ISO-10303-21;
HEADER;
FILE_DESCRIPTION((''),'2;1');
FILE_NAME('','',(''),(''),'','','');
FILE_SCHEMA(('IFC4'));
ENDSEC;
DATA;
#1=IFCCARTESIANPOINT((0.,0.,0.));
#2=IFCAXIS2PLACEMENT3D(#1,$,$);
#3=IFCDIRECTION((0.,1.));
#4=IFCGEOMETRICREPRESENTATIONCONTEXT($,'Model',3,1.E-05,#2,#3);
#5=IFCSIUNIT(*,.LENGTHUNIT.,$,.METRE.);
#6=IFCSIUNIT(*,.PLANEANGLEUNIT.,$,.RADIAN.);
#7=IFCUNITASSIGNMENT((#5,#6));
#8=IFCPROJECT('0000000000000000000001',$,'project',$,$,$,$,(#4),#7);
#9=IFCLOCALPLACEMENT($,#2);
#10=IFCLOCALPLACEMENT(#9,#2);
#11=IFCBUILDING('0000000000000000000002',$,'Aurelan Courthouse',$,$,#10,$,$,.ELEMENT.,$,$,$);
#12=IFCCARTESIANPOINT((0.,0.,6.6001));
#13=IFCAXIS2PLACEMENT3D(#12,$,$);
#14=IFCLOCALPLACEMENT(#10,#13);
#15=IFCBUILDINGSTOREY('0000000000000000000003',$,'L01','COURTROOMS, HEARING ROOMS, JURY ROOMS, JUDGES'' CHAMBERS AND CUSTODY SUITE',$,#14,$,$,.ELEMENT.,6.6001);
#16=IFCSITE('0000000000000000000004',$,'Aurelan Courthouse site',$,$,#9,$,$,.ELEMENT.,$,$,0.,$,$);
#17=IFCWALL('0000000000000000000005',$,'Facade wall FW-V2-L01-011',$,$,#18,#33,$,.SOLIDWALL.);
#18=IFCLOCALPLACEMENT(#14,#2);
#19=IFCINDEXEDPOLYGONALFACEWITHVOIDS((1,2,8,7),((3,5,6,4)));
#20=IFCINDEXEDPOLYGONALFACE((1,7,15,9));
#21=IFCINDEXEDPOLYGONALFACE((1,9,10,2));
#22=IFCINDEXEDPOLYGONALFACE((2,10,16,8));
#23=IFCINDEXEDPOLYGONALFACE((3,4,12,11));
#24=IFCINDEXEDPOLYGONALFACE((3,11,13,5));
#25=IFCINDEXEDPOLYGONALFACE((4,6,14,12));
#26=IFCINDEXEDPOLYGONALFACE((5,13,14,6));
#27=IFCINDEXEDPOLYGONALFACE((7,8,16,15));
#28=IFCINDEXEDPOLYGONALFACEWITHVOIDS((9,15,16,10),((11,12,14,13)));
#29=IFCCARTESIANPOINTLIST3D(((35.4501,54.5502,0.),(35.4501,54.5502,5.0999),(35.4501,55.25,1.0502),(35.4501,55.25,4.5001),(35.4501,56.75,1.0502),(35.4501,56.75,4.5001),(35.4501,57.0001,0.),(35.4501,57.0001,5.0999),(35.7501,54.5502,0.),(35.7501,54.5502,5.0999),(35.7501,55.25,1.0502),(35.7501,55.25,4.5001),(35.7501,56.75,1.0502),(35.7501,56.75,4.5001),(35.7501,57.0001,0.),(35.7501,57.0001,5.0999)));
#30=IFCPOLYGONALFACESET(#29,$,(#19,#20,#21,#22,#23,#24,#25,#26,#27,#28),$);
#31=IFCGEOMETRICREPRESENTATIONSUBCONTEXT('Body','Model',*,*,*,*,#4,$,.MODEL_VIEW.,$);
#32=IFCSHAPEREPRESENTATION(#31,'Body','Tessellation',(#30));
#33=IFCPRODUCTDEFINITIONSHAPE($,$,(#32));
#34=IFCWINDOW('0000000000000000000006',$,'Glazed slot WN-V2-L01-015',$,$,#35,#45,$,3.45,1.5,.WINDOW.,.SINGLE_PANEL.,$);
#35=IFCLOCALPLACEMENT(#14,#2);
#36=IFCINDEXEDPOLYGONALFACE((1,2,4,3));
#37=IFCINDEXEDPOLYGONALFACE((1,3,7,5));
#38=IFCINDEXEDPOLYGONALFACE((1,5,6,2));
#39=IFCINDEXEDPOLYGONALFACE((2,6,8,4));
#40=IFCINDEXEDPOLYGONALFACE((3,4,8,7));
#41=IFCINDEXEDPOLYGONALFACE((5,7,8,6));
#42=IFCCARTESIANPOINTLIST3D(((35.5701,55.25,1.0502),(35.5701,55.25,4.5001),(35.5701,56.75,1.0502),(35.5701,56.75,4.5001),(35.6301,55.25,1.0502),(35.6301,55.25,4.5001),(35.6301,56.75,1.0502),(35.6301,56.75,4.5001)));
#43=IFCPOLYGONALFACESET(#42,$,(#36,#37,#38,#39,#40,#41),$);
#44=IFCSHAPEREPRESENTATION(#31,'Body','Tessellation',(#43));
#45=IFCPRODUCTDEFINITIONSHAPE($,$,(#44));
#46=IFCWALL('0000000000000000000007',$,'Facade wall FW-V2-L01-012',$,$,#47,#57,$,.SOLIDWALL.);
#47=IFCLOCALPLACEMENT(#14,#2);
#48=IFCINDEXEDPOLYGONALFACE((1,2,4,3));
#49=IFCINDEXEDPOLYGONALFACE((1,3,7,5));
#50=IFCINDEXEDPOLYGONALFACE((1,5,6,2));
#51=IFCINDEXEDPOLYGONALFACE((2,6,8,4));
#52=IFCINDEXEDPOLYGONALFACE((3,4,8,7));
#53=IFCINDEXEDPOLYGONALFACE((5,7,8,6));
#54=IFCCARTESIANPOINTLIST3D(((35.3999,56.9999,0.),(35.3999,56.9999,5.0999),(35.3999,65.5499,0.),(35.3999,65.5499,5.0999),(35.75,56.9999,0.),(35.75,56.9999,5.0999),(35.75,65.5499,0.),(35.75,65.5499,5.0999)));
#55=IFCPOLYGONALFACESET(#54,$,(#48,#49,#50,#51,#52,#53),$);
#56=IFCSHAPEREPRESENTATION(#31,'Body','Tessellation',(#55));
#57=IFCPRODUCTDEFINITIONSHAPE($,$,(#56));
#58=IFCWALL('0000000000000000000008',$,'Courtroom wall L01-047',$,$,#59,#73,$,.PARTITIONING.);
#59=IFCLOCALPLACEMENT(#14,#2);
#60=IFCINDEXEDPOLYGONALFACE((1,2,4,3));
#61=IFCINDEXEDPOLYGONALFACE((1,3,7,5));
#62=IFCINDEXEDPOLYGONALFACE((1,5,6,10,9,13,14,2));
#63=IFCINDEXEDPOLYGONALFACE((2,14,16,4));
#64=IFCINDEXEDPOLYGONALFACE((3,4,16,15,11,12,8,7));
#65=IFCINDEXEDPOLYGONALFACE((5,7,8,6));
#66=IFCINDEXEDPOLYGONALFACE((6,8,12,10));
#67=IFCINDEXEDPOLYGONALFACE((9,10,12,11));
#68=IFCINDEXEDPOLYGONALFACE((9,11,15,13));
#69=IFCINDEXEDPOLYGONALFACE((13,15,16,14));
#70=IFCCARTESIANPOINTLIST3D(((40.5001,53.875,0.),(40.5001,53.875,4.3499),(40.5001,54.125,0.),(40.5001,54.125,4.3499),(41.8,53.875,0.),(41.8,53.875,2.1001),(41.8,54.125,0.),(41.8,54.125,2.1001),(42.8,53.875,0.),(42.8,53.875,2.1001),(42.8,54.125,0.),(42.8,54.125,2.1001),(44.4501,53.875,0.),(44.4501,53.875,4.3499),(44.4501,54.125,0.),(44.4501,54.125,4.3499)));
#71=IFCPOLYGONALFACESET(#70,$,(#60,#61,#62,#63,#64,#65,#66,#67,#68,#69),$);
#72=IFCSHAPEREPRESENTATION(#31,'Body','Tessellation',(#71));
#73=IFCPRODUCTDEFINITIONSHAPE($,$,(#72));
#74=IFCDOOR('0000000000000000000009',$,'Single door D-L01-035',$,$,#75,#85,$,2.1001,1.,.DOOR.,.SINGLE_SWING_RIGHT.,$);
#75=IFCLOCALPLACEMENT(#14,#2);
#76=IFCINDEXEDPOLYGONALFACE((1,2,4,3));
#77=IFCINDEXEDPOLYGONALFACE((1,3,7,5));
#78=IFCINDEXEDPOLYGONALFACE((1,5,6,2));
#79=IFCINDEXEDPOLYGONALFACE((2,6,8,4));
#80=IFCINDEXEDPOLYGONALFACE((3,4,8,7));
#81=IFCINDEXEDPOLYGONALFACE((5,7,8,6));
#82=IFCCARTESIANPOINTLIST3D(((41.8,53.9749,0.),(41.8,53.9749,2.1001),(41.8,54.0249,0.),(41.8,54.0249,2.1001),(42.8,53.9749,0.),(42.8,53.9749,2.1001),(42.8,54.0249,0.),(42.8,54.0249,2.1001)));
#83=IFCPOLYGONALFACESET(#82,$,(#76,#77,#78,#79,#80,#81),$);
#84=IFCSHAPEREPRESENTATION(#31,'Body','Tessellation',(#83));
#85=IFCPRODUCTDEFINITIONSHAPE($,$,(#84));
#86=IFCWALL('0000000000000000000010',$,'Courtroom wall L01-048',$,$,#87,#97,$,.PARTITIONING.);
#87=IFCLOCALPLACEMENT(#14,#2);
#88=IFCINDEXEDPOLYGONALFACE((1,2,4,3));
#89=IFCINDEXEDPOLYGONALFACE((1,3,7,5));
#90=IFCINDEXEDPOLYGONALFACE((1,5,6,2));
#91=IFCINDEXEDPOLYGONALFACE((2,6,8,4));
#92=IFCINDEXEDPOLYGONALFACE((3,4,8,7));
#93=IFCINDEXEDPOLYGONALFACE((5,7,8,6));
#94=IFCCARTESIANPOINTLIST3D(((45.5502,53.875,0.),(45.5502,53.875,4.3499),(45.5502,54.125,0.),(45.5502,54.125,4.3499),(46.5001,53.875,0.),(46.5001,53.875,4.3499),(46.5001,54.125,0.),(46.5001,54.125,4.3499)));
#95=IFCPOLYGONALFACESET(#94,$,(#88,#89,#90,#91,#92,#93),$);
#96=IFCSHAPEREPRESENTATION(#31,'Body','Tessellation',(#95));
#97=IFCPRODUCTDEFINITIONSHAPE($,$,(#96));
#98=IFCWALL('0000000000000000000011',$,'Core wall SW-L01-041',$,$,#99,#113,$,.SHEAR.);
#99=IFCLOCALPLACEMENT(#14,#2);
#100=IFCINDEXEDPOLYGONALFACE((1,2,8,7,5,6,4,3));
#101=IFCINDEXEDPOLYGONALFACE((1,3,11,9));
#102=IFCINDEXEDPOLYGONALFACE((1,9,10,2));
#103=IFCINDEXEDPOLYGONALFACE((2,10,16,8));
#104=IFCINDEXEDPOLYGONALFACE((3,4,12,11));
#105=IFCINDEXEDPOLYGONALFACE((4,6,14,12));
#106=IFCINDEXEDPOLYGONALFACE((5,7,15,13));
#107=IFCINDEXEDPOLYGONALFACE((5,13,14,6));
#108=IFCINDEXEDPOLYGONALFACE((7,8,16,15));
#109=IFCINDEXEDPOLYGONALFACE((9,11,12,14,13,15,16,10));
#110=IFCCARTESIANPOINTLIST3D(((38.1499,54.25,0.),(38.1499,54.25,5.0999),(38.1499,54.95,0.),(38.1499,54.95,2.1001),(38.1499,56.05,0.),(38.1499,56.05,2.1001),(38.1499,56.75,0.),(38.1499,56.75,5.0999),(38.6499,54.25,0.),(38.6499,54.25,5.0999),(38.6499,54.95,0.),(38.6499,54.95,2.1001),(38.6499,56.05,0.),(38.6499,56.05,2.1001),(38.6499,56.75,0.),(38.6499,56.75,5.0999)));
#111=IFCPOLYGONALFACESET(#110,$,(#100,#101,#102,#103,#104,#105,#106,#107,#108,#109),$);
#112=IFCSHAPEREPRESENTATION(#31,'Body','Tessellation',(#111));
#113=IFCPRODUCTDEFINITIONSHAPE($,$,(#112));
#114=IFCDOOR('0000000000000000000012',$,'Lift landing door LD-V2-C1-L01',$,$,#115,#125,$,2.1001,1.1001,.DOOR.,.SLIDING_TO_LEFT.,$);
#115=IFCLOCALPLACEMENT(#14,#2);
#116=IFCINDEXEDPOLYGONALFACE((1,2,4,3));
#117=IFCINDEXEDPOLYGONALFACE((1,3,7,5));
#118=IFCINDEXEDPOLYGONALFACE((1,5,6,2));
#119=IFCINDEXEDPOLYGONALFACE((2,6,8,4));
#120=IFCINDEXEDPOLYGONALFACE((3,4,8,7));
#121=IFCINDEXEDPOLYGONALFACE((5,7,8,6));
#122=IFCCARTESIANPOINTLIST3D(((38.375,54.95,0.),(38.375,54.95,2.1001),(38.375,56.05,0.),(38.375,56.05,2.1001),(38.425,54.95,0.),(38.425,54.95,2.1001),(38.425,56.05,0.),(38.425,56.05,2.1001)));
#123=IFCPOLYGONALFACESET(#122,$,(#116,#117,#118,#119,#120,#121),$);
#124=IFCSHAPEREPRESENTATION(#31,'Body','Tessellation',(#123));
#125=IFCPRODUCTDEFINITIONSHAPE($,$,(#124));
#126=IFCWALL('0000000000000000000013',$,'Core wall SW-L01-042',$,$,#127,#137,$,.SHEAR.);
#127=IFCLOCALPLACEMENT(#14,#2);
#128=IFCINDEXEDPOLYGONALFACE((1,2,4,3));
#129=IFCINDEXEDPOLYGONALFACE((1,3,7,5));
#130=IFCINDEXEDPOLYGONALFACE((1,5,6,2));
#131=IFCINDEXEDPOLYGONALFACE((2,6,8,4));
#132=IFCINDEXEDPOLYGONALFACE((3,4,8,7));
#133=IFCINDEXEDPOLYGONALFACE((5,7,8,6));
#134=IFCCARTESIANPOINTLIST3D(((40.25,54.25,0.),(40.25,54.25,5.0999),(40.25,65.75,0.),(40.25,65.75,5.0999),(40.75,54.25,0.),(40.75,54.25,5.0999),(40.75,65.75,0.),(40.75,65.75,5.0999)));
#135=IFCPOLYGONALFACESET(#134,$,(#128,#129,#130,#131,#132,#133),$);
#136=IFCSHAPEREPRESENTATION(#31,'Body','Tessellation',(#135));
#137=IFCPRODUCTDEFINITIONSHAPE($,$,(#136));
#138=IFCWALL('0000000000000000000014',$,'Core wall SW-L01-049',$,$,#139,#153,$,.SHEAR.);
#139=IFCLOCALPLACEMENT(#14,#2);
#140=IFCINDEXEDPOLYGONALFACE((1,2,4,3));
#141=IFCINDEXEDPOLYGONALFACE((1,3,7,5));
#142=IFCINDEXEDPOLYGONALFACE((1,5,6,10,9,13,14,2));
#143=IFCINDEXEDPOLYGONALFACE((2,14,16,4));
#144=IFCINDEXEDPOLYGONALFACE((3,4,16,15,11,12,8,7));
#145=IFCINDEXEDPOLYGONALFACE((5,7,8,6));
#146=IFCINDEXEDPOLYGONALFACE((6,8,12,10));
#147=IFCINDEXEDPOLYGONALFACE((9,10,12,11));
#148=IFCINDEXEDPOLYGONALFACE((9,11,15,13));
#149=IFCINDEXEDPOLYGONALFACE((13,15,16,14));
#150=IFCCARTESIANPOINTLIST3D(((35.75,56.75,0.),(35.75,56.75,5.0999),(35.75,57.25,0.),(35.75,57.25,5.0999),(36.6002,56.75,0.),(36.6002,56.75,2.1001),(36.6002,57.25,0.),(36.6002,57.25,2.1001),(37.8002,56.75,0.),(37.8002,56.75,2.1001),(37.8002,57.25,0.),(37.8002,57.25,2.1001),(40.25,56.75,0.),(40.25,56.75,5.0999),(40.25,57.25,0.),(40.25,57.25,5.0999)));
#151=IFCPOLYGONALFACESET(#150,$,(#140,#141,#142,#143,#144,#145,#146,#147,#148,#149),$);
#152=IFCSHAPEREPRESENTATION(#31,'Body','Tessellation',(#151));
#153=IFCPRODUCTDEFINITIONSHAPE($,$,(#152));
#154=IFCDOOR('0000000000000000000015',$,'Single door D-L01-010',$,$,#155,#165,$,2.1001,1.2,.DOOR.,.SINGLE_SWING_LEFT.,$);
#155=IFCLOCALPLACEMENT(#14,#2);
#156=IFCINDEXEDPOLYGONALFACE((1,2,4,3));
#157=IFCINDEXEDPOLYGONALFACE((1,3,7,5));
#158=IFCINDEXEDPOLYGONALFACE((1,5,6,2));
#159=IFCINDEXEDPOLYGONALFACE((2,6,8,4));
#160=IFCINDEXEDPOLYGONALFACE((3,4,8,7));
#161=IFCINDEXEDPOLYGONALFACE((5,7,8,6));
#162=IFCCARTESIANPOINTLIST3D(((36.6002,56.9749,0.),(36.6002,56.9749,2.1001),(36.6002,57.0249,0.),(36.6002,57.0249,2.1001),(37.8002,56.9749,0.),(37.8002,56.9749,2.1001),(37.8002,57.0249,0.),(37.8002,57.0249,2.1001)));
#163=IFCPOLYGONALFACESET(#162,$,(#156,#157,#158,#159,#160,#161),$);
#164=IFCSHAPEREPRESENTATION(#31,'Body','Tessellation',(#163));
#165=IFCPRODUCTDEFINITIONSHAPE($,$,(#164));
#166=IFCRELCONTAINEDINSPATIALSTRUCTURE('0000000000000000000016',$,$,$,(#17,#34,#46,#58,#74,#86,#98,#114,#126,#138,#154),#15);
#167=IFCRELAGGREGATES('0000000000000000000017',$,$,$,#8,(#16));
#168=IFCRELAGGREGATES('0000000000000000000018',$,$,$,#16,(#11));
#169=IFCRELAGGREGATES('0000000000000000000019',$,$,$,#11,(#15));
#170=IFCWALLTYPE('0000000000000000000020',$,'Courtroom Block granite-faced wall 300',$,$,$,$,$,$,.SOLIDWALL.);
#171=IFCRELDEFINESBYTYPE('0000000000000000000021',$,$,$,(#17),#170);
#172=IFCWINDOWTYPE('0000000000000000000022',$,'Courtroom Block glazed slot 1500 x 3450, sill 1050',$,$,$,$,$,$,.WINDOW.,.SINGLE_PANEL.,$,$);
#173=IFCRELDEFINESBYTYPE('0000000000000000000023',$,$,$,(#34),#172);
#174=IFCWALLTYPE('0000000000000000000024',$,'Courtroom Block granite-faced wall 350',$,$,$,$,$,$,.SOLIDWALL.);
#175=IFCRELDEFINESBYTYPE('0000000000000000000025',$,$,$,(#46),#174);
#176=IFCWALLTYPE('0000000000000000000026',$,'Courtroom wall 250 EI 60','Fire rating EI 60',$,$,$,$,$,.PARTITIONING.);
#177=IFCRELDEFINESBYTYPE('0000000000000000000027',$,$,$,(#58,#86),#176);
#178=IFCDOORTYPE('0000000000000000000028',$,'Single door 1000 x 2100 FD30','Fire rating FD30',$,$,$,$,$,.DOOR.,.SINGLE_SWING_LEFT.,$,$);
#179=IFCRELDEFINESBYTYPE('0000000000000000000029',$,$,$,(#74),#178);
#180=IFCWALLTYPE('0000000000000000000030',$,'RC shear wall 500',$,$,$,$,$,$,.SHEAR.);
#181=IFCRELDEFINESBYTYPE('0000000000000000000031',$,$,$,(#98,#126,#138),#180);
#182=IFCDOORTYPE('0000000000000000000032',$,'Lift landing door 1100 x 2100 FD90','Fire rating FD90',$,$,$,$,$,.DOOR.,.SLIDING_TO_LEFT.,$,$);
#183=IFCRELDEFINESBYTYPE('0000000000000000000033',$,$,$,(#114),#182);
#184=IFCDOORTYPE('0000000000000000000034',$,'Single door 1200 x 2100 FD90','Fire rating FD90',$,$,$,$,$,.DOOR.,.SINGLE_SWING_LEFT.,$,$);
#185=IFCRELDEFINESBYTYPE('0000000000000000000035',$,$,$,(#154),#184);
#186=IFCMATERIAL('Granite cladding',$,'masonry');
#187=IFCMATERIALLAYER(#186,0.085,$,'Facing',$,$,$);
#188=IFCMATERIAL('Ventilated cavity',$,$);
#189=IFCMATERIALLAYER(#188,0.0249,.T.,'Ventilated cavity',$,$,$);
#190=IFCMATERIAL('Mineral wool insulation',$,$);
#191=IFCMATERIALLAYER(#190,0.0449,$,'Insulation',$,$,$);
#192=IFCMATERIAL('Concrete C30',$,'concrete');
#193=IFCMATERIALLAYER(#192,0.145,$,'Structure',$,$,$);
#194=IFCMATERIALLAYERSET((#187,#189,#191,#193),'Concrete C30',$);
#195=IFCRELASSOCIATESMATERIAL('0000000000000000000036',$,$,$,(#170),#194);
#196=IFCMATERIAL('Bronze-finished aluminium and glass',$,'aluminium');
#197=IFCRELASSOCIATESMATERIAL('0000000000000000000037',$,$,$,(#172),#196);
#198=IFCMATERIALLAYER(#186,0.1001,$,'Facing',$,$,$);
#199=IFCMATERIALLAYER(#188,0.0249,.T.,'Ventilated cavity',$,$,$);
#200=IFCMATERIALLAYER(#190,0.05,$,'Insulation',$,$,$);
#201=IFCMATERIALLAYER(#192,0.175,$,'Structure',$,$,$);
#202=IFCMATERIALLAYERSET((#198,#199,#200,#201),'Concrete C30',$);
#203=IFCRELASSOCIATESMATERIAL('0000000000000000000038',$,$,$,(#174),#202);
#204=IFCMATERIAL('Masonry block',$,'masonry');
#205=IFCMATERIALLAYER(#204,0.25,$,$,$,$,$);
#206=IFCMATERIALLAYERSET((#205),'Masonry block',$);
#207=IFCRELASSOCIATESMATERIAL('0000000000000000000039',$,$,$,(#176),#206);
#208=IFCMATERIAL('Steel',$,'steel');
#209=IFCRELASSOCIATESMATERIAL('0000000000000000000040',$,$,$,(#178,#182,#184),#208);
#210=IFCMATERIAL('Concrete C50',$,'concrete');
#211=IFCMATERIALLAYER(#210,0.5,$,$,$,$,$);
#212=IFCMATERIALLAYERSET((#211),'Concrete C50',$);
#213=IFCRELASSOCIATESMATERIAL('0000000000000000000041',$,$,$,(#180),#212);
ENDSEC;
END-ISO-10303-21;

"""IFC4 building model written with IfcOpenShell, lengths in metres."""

from ifc_helpers import new_model, si_unit, direction, frame, frame_2d, origin, place, context, subcontext, project, spatial, rectangle, extrude, material, layer, layer_set, type_object, element, fill, save


model = new_model("IFC4")

# Units and contexts
model_context = context("Model", 3, precision=1e-05, world=origin(), true_north=direction((0.0, 1.0)))
body_context = subcontext(model_context, "Body", "Model", "MODEL_VIEW")
ifc_project = project(units=[si_unit("LENGTHUNIT", "METRE"), si_unit("PLANEANGLEUNIT", "RADIAN")], contexts=[model_context])

# Site, building, storey
site_placement = place(None, origin())
site = spatial("IfcSite", under=ifc_project, at=site_placement, Name="Aurelan Courthouse site", CompositionType="ELEMENT", RefElevation=0.0)
building_placement = place(site_placement, origin())
building = spatial("IfcBuilding", under=site, at=building_placement, Name="Aurelan Courthouse", CompositionType="ELEMENT")
storey_placement = place(building_placement, frame((0.0, 0.0, 6.6001)))
storey = spatial("IfcBuildingStorey", under=building, at=storey_placement, Name="L01", Description="COURTROOMS, HEARING ROOMS, JURY ROOMS, JUDGES' CHAMBERS AND CUSTODY SUITE", CompositionType="ELEMENT", Elevation=6.6001)

# Shared definitions
ifc_material_1 = material(Name="Concrete C50", Category="concrete")

# Shared definitions
ifc_material_2 = material(Name="Steel", Category="steel")

# Wall, opening, window
ifc_material_3 = material(Name="Granite cladding", Category="masonry")
ifc_layer_1 = layer(ifc_material_3, 0.085, Name="Facing")
ifc_material_4 = material(Name="Ventilated cavity")
ifc_layer_2 = layer(ifc_material_4, 0.0249, ventilated=True, Name="Ventilated cavity")
ifc_material_5 = material(Name="Mineral wool insulation")
ifc_layer_3 = layer(ifc_material_5, 0.0449, Name="Insulation")
ifc_material_6 = material(Name="Concrete C30", Category="concrete")
ifc_layer_4 = layer(ifc_material_6, 0.145, Name="Structure")
ifc_layer_set_1 = layer_set([ifc_layer_1, ifc_layer_2, ifc_layer_3, ifc_layer_4], Name="Concrete C30")
wall_type_1 = type_object("IfcWallType", Name="Courtroom Block granite-faced wall 300", PredefinedType="SOLIDWALL", material=ifc_layer_set_1)
wall_1_placement = place(storey_placement, frame((35.6001, 54.55, 0.0), z_axis=(0.0, 0.0, 1.0), x_axis=(0.0, 1.0, 0.0)))
wall_1 = element("IfcWall", 1, at=wall_1_placement, inside=storey, type_object=wall_type_1, Name="Facade wall FW-V2-L01-011", PredefinedType="SOLIDWALL", context=body_context, shape_type="SweptSolid", body=[
    extrude(rectangle(XDim=2.45, YDim=0.3, at=frame_2d((1.2251, 0.0))), origin(), (0.0, 0.0, 1.0), 5.0999),
])
opening_1_placement = place(wall_1_placement, frame((0.7, 0.0, 1.05)))
opening_1 = element("IfcOpeningElement", 2, at=opening_1_placement, cuts=wall_1, PredefinedType="OPENING", context=body_context, shape_type="SweptSolid", body=[
    extrude(rectangle(XDim=1.5, YDim=3.45, at=frame_2d((0.75, 1.7251))), frame((0.0, 0.1599, 0.0), z_axis=(0.0, -1.0, 0.0), x_axis=(1.0, 0.0, 0.0)), (0.0, 0.0, 1.0), 0.3201),
])
ifc_material_7 = material(Name="Bronze-finished aluminium and glass", Category="aluminium")
window_type = type_object("IfcWindowType", Name="Courtroom Block glazed slot 1500 x 3450, sill 1050", PartitioningType="SINGLE_PANEL", PredefinedType="WINDOW", material=ifc_material_7)
window_placement = place(opening_1_placement, origin())
window = element("IfcWindow", 3, at=window_placement, inside=storey, type_object=window_type, Name="Glazed slot WN-V2-L01-015", OverallHeight=3.45, OverallWidth=1.5, PartitioningType="SINGLE_PANEL", PredefinedType="WINDOW", context=body_context, shape_type="SweptSolid", body=[
    extrude(rectangle(XDim=1.5, YDim=3.45, at=frame_2d((0.75, 1.7251))), frame((0.0, 0.03, 0.0), z_axis=(0.0, -1.0, 0.0), x_axis=(1.0, 0.0, 0.0)), (0.0, 0.0, 1.0), 0.0601),
])
fill(opening_1, window)

# Wall
ifc_layer_5 = layer(ifc_material_3, 0.1001, Name="Facing")
ifc_layer_6 = layer(ifc_material_4, 0.0249, ventilated=True, Name="Ventilated cavity")
ifc_layer_7 = layer(ifc_material_5, 0.05, Name="Insulation")
ifc_layer_8 = layer(ifc_material_6, 0.175, Name="Structure")
ifc_layer_set_2 = layer_set([ifc_layer_5, ifc_layer_6, ifc_layer_7, ifc_layer_8], Name="Concrete C30")
wall_type_2 = type_object("IfcWallType", Name="Courtroom Block granite-faced wall 350", PredefinedType="SOLIDWALL", material=ifc_layer_set_2)
wall_2_placement = place(storey_placement, frame((35.575, 57.0, 0.0), z_axis=(0.0, 0.0, 1.0), x_axis=(0.0, 1.0, 0.0)))
element("IfcWall", 4, at=wall_2_placement, inside=storey, type_object=wall_type_2, Name="Facade wall FW-V2-L01-012", PredefinedType="SOLIDWALL", context=body_context, shape_type="SweptSolid", body=[
    extrude(rectangle(XDim=8.55, YDim=0.3501, at=frame_2d((4.2749, 0.0))), origin(), (0.0, 0.0, 1.0), 5.0999),
])

# Wall, opening, door
ifc_material_8 = material(Name="Masonry block", Category="masonry")
ifc_layer_9 = layer(ifc_material_8, 0.25)
ifc_layer_set_3 = layer_set([ifc_layer_9], Name="Masonry block")
wall_type_3 = type_object("IfcWallType", Name="Courtroom wall 250 EI 60", Description="Fire rating EI 60", PredefinedType="PARTITIONING", material=ifc_layer_set_3)
wall_3_placement = place(storey_placement, frame((40.5, 54.0, 0.0), z_axis=(0.0, 0.0, 1.0), x_axis=(1.0, 0.0, 0.0)))
wall_3 = element("IfcWall", 5, at=wall_3_placement, inside=storey, type_object=wall_type_3, Name="Courtroom wall L01-047", PredefinedType="PARTITIONING", context=body_context, shape_type="SweptSolid", body=[
    extrude(rectangle(XDim=3.95, YDim=0.25, at=frame_2d((1.9751, 0.0))), origin(), (0.0, 0.0, 1.0), 4.3499),
])
opening_2_placement = place(wall_3_placement, frame((1.3, 0.0, 0.0)))
opening_2 = element("IfcOpeningElement", 6, at=opening_2_placement, cuts=wall_3, PredefinedType="OPENING", context=body_context, shape_type="SweptSolid", body=[
    extrude(rectangle(XDim=1.0, YDim=2.1001, at=frame_2d((0.5, 1.05))), frame((0.0, 0.135, 0.0), z_axis=(0.0, -1.0, 0.0), x_axis=(1.0, 0.0, 0.0)), (0.0, 0.0, 1.0), 0.27),
])
door_type_1 = type_object("IfcDoorType", Name="Single door 1000 x 2100 FD30", Description="Fire rating FD30", OperationType="SINGLE_SWING_LEFT", PredefinedType="DOOR", material=ifc_material_2)
door_1_placement = place(opening_2_placement, origin())
door_1 = element("IfcDoor", 7, at=door_1_placement, inside=storey, type_object=door_type_1, Name="Single door D-L01-035", OperationType="SINGLE_SWING_RIGHT", OverallHeight=2.1001, OverallWidth=1.0, PredefinedType="DOOR", context=body_context, shape_type="SweptSolid", body=[
    extrude(rectangle(XDim=1.0, YDim=2.1001, at=frame_2d((0.5, 1.05))), frame((0.0, 0.0249, 0.0), z_axis=(0.0, -1.0, 0.0), x_axis=(1.0, 0.0, 0.0)), (0.0, 0.0, 1.0), 0.05),
])
fill(opening_2, door_1)

# Wall
wall_4_placement = place(storey_placement, frame((45.55, 54.0, 0.0), z_axis=(0.0, 0.0, 1.0), x_axis=(1.0, 0.0, 0.0)))
element("IfcWall", 8, at=wall_4_placement, inside=storey, type_object=wall_type_3, Name="Courtroom wall L01-048", PredefinedType="PARTITIONING", context=body_context, shape_type="SweptSolid", body=[
    extrude(rectangle(XDim=0.95, YDim=0.25, at=frame_2d((0.4751, 0.0))), origin(), (0.0, 0.0, 1.0), 4.3499),
])

# Wall, opening, door
ifc_layer_10 = layer(ifc_material_1, 0.5)
ifc_layer_set_4 = layer_set([ifc_layer_10], Name="Concrete C50")
wall_type_4 = type_object("IfcWallType", Name="RC shear wall 500", PredefinedType="SHEAR", material=ifc_layer_set_4)
wall_5_placement = place(storey_placement, frame((38.3999, 54.25, 0.0), z_axis=(0.0, 0.0, 1.0), x_axis=(0.0, 1.0, 0.0)))
wall_5 = element("IfcWall", 9, at=wall_5_placement, inside=storey, type_object=wall_type_4, Name="Core wall SW-L01-041", PredefinedType="SHEAR", context=body_context, shape_type="SweptSolid", body=[
    extrude(rectangle(XDim=2.5, YDim=0.5, at=frame_2d((1.25, 0.0))), origin(), (0.0, 0.0, 1.0), 5.0999),
])
opening_3_placement = place(wall_5_placement, frame((0.7, 0.0, 0.0)))
opening_3 = element("IfcOpeningElement", 10, at=opening_3_placement, cuts=wall_5, PredefinedType="OPENING", context=body_context, shape_type="SweptSolid", body=[
    extrude(rectangle(XDim=1.1001, YDim=2.1001, at=frame_2d((0.55, 1.05))), frame((0.0, 0.26, 0.0), z_axis=(0.0, -1.0, 0.0), x_axis=(1.0, 0.0, 0.0)), (0.0, 0.0, 1.0), 0.52),
])
door_type_2 = type_object("IfcDoorType", Name="Lift landing door 1100 x 2100 FD90", Description="Fire rating FD90", OperationType="SLIDING_TO_LEFT", PredefinedType="DOOR", material=ifc_material_2)
door_2_placement = place(opening_3_placement, origin())
door_2 = element("IfcDoor", 11, at=door_2_placement, inside=storey, type_object=door_type_2, Name="Lift landing door LD-V2-C1-L01", OperationType="SLIDING_TO_LEFT", OverallHeight=2.1001, OverallWidth=1.1001, PredefinedType="DOOR", context=body_context, shape_type="SweptSolid", body=[
    extrude(rectangle(XDim=1.1001, YDim=2.1001, at=frame_2d((0.55, 1.05))), frame((0.0, 0.0249, 0.0), z_axis=(0.0, -1.0, 0.0), x_axis=(1.0, 0.0, 0.0)), (0.0, 0.0, 1.0), 0.05),
])
fill(opening_3, door_2)

# Wall
wall_6_placement = place(storey_placement, frame((40.5, 54.25, 0.0), z_axis=(0.0, 0.0, 1.0), x_axis=(0.0, 1.0, 0.0)))
element("IfcWall", 12, at=wall_6_placement, inside=storey, type_object=wall_type_4, Name="Core wall SW-L01-042", PredefinedType="SHEAR", context=body_context, shape_type="SweptSolid", body=[
    extrude(rectangle(XDim=11.5, YDim=0.5, at=frame_2d((5.75, 0.0))), origin(), (0.0, 0.0, 1.0), 5.0999),
])

# Wall, opening, door
wall_7_placement = place(storey_placement, frame((35.75, 57.0, 0.0), z_axis=(0.0, 0.0, 1.0), x_axis=(1.0, 0.0, 0.0)))
wall_7 = element("IfcWall", 13, at=wall_7_placement, inside=storey, type_object=wall_type_4, Name="Core wall SW-L01-049", PredefinedType="SHEAR", context=body_context, shape_type="SweptSolid", body=[
    extrude(rectangle(XDim=4.5, YDim=0.5, at=frame_2d((2.25, 0.0))), origin(), (0.0, 0.0, 1.0), 5.0999),
])
opening_4_placement = place(wall_7_placement, frame((0.8501, 0.0, 0.0)))
opening_4 = element("IfcOpeningElement", 14, at=opening_4_placement, cuts=wall_7, PredefinedType="OPENING", context=body_context, shape_type="SweptSolid", body=[
    extrude(rectangle(XDim=1.2, YDim=2.1001, at=frame_2d((0.6001, 1.05))), frame((0.0, 0.26, 0.0), z_axis=(0.0, -1.0, 0.0), x_axis=(1.0, 0.0, 0.0)), (0.0, 0.0, 1.0), 0.52),
])
door_type_3 = type_object("IfcDoorType", Name="Single door 1200 x 2100 FD90", Description="Fire rating FD90", OperationType="SINGLE_SWING_LEFT", PredefinedType="DOOR", material=ifc_material_2)
door_3_placement = place(opening_4_placement, origin())
door_3 = element("IfcDoor", 15, at=door_3_placement, inside=storey, type_object=door_type_3, Name="Single door D-L01-010", OperationType="SINGLE_SWING_LEFT", OverallHeight=2.1001, OverallWidth=1.2, PredefinedType="DOOR", context=body_context, shape_type="SweptSolid", body=[
    extrude(rectangle(XDim=1.2, YDim=2.1001, at=frame_2d((0.6001, 1.05))), frame((0.0, 0.0249, 0.0), z_axis=(0.0, -1.0, 0.0), x_axis=(1.0, 0.0, 0.0)), (0.0, 0.0, 1.0), 0.05),
])
fill(opening_4, door_3)

save(model, "model.ifc")
